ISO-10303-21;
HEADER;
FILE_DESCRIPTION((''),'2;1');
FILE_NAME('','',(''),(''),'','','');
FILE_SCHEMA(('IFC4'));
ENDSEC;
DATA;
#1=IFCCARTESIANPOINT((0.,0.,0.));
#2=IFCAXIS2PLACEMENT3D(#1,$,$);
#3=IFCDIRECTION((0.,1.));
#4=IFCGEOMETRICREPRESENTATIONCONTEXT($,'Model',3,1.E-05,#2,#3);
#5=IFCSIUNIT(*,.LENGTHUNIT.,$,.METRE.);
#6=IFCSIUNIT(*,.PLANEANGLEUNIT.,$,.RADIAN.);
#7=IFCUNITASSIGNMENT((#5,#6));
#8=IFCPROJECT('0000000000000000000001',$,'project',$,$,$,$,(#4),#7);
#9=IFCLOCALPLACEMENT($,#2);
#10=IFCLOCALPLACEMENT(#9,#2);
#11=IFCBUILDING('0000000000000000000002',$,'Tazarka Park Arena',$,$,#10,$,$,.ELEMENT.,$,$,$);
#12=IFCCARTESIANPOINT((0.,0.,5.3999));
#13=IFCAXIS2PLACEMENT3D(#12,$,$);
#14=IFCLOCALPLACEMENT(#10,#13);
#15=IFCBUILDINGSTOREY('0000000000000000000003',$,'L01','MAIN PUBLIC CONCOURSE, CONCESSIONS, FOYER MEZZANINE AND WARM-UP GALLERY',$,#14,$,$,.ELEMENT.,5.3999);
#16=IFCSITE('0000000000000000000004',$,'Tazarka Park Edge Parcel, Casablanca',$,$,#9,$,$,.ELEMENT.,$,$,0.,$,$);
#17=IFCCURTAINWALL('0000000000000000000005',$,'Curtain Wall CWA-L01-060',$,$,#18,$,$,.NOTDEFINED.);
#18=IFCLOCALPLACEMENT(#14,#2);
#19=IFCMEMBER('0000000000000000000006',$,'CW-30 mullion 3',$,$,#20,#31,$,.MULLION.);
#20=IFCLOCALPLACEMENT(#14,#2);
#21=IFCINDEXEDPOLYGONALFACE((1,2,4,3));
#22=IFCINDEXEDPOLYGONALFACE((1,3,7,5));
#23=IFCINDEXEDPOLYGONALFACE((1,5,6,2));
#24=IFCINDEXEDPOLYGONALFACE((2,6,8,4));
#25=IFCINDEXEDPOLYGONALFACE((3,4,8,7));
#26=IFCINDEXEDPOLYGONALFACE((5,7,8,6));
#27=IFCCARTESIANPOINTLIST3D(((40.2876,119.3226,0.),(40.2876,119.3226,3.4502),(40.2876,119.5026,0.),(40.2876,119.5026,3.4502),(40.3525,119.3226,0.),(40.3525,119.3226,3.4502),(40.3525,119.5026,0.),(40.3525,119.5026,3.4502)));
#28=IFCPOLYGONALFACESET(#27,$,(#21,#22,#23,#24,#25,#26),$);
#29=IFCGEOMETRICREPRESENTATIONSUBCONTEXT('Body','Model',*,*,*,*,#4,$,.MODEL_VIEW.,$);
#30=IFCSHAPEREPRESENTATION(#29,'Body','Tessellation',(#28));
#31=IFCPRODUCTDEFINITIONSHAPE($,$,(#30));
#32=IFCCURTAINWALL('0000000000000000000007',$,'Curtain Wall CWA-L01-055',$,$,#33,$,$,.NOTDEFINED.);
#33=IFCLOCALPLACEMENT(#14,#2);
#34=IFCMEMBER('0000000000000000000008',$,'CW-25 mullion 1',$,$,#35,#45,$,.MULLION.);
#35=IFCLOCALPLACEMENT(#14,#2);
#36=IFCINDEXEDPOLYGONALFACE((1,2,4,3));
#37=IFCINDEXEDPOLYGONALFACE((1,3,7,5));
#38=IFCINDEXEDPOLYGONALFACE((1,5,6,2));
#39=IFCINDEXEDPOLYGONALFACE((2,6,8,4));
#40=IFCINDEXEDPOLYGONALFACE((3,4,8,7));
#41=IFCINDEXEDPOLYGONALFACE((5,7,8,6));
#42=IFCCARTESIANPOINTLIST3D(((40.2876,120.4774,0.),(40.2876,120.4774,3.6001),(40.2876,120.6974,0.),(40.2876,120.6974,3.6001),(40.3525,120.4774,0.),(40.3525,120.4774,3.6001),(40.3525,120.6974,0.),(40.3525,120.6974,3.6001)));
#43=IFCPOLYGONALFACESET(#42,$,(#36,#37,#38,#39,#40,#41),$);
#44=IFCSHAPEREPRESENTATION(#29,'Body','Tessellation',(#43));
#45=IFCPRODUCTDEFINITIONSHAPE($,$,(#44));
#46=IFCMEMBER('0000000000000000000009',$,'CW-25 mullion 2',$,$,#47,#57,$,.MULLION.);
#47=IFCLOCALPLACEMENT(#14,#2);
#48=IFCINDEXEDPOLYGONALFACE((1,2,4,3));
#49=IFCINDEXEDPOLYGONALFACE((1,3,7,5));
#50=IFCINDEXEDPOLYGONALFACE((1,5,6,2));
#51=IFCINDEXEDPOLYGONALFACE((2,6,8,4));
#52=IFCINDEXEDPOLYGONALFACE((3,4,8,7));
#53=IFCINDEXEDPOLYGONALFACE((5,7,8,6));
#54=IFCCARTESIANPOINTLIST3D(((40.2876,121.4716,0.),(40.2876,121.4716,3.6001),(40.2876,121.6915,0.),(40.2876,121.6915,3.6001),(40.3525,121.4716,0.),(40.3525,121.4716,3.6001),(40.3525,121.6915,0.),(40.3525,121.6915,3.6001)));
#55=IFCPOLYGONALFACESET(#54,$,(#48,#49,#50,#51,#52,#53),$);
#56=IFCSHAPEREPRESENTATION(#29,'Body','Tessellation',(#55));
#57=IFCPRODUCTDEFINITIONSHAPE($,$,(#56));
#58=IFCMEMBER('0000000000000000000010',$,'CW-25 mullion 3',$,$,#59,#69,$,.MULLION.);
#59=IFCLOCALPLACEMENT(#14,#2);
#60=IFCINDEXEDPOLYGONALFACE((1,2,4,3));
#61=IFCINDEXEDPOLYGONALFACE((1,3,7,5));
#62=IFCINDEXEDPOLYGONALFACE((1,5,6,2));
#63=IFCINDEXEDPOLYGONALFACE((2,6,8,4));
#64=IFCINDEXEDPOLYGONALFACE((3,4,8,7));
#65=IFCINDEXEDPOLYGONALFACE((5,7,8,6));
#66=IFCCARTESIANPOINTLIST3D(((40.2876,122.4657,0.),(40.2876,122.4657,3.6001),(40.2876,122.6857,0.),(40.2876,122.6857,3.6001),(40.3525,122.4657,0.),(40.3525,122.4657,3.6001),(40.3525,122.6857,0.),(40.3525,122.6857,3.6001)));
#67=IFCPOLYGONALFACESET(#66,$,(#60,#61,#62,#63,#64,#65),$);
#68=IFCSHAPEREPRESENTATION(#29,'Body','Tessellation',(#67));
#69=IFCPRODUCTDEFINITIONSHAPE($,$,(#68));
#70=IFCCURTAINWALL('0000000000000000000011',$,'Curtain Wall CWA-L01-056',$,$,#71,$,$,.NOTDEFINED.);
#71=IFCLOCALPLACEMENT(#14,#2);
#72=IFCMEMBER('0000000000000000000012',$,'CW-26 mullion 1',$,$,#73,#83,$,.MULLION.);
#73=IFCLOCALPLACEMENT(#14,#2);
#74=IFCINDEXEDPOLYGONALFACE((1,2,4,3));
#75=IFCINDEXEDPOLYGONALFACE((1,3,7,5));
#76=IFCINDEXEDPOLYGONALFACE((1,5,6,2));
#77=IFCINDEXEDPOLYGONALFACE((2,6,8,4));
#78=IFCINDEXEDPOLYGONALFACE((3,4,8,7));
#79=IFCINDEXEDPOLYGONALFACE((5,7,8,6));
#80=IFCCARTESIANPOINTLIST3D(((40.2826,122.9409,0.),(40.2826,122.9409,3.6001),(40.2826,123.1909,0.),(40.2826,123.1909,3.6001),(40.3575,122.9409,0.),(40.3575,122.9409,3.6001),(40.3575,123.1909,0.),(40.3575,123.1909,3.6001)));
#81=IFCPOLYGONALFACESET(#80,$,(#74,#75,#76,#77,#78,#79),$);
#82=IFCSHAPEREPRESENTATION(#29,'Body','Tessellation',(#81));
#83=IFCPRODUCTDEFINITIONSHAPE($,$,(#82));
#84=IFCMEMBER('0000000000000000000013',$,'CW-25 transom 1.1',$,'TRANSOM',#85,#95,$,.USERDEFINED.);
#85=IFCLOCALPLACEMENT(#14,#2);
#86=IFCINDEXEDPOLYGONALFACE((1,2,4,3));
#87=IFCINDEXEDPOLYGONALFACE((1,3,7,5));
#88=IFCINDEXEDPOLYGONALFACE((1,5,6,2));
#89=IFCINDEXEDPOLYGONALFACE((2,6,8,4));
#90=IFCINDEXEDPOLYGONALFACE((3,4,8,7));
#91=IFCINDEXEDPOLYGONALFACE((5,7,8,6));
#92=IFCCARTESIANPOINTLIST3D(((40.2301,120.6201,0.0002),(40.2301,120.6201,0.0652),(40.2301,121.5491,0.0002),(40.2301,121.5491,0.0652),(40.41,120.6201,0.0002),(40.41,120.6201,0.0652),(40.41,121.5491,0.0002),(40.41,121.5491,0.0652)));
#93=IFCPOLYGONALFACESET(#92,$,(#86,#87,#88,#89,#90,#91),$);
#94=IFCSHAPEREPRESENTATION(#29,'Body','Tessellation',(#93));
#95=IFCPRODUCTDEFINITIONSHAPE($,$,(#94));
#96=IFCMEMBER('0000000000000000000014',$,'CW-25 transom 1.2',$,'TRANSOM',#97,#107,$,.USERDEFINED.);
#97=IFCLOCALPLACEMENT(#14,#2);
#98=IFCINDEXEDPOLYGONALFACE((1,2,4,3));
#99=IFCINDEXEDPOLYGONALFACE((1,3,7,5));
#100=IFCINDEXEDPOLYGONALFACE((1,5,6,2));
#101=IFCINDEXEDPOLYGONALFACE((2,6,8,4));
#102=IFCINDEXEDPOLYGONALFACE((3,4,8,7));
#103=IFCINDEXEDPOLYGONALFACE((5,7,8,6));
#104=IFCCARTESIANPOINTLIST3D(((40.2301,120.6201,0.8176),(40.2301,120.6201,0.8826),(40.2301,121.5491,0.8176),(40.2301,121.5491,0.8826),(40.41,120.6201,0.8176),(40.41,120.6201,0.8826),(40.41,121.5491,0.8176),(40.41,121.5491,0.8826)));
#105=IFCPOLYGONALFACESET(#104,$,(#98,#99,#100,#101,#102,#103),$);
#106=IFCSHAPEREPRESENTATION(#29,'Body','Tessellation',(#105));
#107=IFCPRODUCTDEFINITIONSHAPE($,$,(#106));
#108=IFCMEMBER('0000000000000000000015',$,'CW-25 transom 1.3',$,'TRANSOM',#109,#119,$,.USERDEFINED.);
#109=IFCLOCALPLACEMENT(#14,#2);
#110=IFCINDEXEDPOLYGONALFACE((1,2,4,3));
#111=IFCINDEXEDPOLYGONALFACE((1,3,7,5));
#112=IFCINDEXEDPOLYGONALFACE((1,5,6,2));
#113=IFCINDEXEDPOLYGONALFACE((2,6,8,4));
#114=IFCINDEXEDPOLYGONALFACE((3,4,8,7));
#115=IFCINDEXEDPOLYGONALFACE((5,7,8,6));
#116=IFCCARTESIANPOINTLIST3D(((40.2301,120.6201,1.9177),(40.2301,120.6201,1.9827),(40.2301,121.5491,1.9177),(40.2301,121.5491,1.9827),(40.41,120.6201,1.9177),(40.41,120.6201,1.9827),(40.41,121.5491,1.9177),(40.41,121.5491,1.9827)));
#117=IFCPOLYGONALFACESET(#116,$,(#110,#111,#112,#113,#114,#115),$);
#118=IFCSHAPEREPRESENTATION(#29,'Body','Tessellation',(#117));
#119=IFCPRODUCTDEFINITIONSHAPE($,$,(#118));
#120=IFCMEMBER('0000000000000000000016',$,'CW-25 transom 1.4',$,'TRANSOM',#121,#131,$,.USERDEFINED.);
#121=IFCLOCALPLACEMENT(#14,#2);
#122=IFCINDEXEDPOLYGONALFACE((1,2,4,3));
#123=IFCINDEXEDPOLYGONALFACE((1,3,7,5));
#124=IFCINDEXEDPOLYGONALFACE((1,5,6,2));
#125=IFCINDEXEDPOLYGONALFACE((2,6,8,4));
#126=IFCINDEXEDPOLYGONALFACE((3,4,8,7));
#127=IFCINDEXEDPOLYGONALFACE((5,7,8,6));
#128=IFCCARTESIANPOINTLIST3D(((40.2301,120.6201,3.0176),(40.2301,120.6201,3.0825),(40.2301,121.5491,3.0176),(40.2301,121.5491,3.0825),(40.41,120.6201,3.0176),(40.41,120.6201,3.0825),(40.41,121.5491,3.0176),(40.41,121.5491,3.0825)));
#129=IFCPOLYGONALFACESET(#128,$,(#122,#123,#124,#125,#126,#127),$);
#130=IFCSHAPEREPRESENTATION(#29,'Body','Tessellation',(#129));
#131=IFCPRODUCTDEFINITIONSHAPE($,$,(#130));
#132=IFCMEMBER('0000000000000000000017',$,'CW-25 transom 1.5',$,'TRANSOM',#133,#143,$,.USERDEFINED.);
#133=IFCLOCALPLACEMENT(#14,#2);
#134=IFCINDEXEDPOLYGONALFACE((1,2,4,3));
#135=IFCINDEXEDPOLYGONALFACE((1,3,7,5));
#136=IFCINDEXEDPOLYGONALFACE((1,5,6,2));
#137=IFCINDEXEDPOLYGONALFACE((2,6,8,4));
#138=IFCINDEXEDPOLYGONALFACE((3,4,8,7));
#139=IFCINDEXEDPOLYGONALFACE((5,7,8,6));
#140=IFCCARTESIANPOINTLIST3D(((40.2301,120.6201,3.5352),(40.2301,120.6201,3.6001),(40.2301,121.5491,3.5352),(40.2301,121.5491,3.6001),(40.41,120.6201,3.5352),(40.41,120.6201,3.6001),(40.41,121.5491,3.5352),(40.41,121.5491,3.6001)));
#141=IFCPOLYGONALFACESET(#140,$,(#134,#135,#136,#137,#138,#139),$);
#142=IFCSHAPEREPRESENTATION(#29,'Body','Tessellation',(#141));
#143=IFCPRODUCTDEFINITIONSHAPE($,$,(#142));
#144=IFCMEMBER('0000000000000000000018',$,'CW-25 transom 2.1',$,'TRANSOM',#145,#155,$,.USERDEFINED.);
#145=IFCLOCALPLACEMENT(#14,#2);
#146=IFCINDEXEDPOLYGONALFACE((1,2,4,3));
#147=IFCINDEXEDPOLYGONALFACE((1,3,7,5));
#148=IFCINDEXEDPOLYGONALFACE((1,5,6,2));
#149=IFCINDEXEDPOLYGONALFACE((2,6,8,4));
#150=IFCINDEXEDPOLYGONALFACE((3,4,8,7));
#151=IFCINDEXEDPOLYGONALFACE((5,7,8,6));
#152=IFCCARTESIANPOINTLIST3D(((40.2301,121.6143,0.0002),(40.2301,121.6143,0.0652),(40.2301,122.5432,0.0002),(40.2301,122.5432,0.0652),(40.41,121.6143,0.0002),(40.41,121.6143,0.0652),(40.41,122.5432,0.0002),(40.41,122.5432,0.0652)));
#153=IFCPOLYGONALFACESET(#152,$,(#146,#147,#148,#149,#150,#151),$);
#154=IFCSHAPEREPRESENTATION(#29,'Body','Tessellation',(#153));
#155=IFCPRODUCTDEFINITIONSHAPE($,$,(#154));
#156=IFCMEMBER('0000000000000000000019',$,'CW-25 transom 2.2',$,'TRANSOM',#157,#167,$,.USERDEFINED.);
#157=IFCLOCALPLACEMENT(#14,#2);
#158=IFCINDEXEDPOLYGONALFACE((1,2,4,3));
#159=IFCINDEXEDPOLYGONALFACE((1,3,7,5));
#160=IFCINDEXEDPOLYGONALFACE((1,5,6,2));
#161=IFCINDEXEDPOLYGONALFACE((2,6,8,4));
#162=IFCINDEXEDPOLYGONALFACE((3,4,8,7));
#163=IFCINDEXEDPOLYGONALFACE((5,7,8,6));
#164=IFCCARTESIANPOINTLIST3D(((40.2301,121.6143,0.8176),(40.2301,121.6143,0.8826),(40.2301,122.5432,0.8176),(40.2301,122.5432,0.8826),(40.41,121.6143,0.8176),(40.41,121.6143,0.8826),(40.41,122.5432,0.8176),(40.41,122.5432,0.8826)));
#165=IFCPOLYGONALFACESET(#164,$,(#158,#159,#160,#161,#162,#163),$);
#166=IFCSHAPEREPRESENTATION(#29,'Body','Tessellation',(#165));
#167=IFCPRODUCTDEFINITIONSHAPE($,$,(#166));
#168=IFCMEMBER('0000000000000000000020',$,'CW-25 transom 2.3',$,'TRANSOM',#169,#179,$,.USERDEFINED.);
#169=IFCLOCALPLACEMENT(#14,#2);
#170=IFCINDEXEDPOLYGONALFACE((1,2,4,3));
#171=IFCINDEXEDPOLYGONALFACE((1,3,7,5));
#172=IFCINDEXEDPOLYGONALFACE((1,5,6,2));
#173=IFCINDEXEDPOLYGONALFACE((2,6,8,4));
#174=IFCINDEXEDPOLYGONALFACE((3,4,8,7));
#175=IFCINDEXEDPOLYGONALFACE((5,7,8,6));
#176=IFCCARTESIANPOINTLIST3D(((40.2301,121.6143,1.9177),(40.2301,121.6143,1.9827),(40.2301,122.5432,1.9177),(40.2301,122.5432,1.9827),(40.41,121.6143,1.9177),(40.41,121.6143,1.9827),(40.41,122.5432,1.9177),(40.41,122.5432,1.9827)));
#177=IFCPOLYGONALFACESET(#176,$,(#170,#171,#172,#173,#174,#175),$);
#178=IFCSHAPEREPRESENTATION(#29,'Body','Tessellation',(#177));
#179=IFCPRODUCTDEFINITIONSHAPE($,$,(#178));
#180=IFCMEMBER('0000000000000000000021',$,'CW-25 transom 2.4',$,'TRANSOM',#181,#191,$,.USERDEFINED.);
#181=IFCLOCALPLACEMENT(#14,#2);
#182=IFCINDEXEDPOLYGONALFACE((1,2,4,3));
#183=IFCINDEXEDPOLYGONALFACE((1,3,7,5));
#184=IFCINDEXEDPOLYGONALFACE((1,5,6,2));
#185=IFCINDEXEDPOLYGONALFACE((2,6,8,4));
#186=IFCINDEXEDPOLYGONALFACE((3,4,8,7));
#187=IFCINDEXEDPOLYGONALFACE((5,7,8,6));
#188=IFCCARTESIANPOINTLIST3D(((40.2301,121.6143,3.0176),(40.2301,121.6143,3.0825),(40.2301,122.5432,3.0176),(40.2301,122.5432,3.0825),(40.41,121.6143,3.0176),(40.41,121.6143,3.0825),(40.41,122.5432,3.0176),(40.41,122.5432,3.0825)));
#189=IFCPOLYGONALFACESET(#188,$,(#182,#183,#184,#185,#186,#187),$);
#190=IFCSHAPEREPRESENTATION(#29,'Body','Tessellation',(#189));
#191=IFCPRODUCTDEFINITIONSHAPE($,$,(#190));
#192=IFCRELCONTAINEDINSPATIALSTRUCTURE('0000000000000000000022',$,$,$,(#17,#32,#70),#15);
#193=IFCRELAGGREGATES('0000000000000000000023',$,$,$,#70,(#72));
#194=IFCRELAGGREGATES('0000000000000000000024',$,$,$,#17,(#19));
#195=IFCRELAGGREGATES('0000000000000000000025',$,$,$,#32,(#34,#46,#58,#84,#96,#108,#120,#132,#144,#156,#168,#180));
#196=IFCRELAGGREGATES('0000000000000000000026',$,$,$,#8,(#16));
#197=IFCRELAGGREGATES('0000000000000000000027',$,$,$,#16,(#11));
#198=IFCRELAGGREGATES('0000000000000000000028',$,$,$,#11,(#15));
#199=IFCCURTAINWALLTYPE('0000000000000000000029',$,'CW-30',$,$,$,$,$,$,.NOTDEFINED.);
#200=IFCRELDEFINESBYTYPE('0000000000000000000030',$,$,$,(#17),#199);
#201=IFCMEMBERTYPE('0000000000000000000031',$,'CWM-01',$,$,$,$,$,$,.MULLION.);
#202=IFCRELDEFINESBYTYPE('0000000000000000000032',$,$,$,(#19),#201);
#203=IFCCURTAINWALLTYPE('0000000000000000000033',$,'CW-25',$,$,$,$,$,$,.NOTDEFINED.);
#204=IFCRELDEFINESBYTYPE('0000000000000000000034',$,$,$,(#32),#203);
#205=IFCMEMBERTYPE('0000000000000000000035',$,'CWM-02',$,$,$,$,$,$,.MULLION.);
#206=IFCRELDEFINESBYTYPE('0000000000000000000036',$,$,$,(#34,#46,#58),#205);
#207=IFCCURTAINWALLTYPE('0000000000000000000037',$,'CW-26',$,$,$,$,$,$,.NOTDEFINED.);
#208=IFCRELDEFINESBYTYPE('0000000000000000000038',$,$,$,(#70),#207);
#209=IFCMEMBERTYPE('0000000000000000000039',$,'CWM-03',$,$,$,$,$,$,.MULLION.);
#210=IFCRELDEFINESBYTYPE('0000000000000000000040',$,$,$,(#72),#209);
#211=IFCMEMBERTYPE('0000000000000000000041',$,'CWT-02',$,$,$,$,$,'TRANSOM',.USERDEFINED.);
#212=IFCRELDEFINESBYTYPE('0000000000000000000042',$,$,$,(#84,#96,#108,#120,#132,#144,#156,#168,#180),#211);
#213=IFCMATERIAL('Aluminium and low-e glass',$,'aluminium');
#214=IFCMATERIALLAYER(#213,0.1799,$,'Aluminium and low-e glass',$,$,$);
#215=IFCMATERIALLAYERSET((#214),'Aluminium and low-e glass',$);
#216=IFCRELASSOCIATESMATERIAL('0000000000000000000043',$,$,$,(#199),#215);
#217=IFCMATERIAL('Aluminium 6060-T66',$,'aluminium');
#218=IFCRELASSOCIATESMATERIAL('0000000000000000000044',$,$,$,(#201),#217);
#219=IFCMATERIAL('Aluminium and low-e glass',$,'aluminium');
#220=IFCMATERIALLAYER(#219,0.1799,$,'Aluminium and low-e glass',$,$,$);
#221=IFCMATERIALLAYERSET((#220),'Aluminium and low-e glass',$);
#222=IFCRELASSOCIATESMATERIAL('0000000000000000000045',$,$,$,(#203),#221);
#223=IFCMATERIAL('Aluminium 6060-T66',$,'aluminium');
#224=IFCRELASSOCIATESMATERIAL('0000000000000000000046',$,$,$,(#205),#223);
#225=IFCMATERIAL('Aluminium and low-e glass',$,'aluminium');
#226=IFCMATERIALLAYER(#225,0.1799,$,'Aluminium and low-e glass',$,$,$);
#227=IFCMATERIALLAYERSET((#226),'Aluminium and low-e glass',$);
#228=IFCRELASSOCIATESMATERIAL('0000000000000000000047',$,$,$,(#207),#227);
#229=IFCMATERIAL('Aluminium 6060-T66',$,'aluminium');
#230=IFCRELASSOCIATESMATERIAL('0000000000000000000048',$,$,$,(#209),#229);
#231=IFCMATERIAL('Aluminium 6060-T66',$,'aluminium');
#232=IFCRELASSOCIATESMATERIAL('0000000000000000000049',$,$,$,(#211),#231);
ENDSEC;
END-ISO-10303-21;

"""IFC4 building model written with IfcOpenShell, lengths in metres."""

from ifc_helpers import new_model, si_unit, direction, frame, origin, origin_2d, place, context, subcontext, project, spatial, rectangle, extrude, material, layer, layer_set, material_profile, profile_set, type_object, element, aggregate, save


model = new_model("IFC4")

# Units and contexts
model_context = context("Model", 3, precision=1e-05, world=origin(), true_north=direction((0.0, 1.0)))
body_context = subcontext(model_context, "Body", "Model", "MODEL_VIEW")
ifc_project = project(units=[si_unit("LENGTHUNIT", "METRE"), si_unit("PLANEANGLEUNIT", "RADIAN")], contexts=[model_context])

# Site, building, storey
site_placement = place(None, origin())
site = spatial("IfcSite", under=ifc_project, at=site_placement, Name="Tazarka Park Edge Parcel, Casablanca", CompositionType="ELEMENT", RefElevation=0.0)
building_placement = place(site_placement, origin())
building = spatial("IfcBuilding", under=site, at=building_placement, Name="Tazarka Park Arena", CompositionType="ELEMENT")
storey_placement = place(building_placement, frame((0.0, 0.0, 5.3999)))
storey = spatial("IfcBuildingStorey", under=building, at=storey_placement, Name="L01", Description="MAIN PUBLIC CONCOURSE, CONCESSIONS, FOYER MEZZANINE AND WARM-UP GALLERY", CompositionType="ELEMENT", Elevation=5.3999)

# Curtain wall, member
ifc_material_1 = material(Name="Aluminium and low-e glass", Category="aluminium")
ifc_layer_1 = layer(ifc_material_1, 0.1799, Name="Aluminium and low-e glass")
ifc_layer_set_1 = layer_set([ifc_layer_1], Name="Aluminium and low-e glass")
curtain_wall_type_1 = type_object("IfcCurtainWallType", Name="CW-30", PredefinedType="NOTDEFINED", material=ifc_layer_set_1)
curtain_wall_1_placement = place(storey_placement, origin())
curtain_wall_1 = element("IfcCurtainWall", 1, at=curtain_wall_1_placement, inside=storey, type_object=curtain_wall_type_1, Name="Curtain Wall CWA-L01-060", PredefinedType="NOTDEFINED")
ifc_material_2 = material(Name="Aluminium 6060-T66", Category="aluminium")
ifc_material_profile_1 = material_profile(ifc_material_2, rectangle(XDim=0.0649, YDim=0.1799, at=origin_2d()), Name="Aluminium 6060-T66")
ifc_profile_set_1 = profile_set([ifc_material_profile_1], Name="Aluminium 6060-T66")
member_type_1 = type_object("IfcMemberType", Name="CWM-01", PredefinedType="MULLION", material=ifc_profile_set_1)
member_1_placement = place(storey_placement, frame((40.3201, 119.4126, 0.0), z_axis=(0.0, 0.0, 1.0), x_axis=(-1.0, 0.0, 0.0)))
member_1 = element("IfcMember", 2, at=member_1_placement, type_object=member_type_1, Name="CW-30 mullion 3", PredefinedType="MULLION", context=body_context, shape_type="SweptSolid", body=[
    extrude(rectangle(XDim=0.0649, YDim=0.1799, at=origin_2d()), origin(), (0.0, 0.0, 1.0), 3.4502),
])

# Curtain wall, members
ifc_material_3 = material(Name="Aluminium and low-e glass", Category="aluminium")
ifc_layer_2 = layer(ifc_material_3, 0.1799, Name="Aluminium and low-e glass")
ifc_layer_set_2 = layer_set([ifc_layer_2], Name="Aluminium and low-e glass")
curtain_wall_type_2 = type_object("IfcCurtainWallType", Name="CW-25", PredefinedType="NOTDEFINED", material=ifc_layer_set_2)
curtain_wall_2_placement = place(storey_placement, origin())
curtain_wall_2 = element("IfcCurtainWall", 3, at=curtain_wall_2_placement, inside=storey, type_object=curtain_wall_type_2, Name="Curtain Wall CWA-L01-055", PredefinedType="NOTDEFINED")
ifc_material_4 = material(Name="Aluminium 6060-T66", Category="aluminium")
ifc_material_profile_2 = material_profile(ifc_material_4, rectangle(XDim=0.0649, YDim=0.22, at=origin_2d()), Name="Aluminium 6060-T66")
ifc_profile_set_2 = profile_set([ifc_material_profile_2], Name="Aluminium 6060-T66")
member_type_2 = type_object("IfcMemberType", Name="CWM-02", PredefinedType="MULLION", material=ifc_profile_set_2)
member_2_placement = place(storey_placement, frame((40.3201, 120.5874, 0.0), z_axis=(0.0, 0.0, 1.0), x_axis=(-1.0, 0.0, 0.0)))
member_2 = element("IfcMember", 4, at=member_2_placement, type_object=member_type_2, Name="CW-25 mullion 1", PredefinedType="MULLION", context=body_context, shape_type="SweptSolid", body=[
    extrude(rectangle(XDim=0.0649, YDim=0.22, at=origin_2d()), origin(), (0.0, 0.0, 1.0), 3.6001),
])
member_3_placement = place(storey_placement, frame((40.3201, 121.5815, 0.0), z_axis=(0.0, 0.0, 1.0), x_axis=(-1.0, 0.0, 0.0)))
member_3 = element("IfcMember", 5, at=member_3_placement, type_object=member_type_2, Name="CW-25 mullion 2", PredefinedType="MULLION", context=body_context, shape_type="SweptSolid", body=[
    extrude(rectangle(XDim=0.0649, YDim=0.22, at=origin_2d()), origin(), (0.0, 0.0, 1.0), 3.6001),
])
member_4_placement = place(storey_placement, frame((40.3201, 122.5757, 0.0), z_axis=(0.0, 0.0, 1.0), x_axis=(-1.0, 0.0, 0.0)))
member_4 = element("IfcMember", 6, at=member_4_placement, type_object=member_type_2, Name="CW-25 mullion 3", PredefinedType="MULLION", context=body_context, shape_type="SweptSolid", body=[
    extrude(rectangle(XDim=0.0649, YDim=0.22, at=origin_2d()), origin(), (0.0, 0.0, 1.0), 3.6001),
])

# Curtain wall, member
ifc_material_5 = material(Name="Aluminium and low-e glass", Category="aluminium")
ifc_layer_3 = layer(ifc_material_5, 0.1799, Name="Aluminium and low-e glass")
ifc_layer_set_3 = layer_set([ifc_layer_3], Name="Aluminium and low-e glass")
curtain_wall_type_3 = type_object("IfcCurtainWallType", Name="CW-26", PredefinedType="NOTDEFINED", material=ifc_layer_set_3)
curtain_wall_3_placement = place(storey_placement, origin())
curtain_wall_3 = element("IfcCurtainWall", 7, at=curtain_wall_3_placement, inside=storey, type_object=curtain_wall_type_3, Name="Curtain Wall CWA-L01-056", PredefinedType="NOTDEFINED")
ifc_material_6 = material(Name="Aluminium 6060-T66", Category="aluminium")
ifc_material_profile_3 = material_profile(ifc_material_6, rectangle(XDim=0.075, YDim=0.25, at=origin_2d()), Name="Aluminium 6060-T66")
ifc_profile_set_3 = profile_set([ifc_material_profile_3], Name="Aluminium 6060-T66")
member_type_3 = type_object("IfcMemberType", Name="CWM-03", PredefinedType="MULLION", material=ifc_profile_set_3)
member_5_placement = place(storey_placement, frame((40.3201, 123.0659, 0.0), z_axis=(0.0, 0.0, 1.0), x_axis=(-1.0, 0.0, 0.0)))
member_5 = element("IfcMember", 8, at=member_5_placement, type_object=member_type_3, Name="CW-26 mullion 1", PredefinedType="MULLION", context=body_context, shape_type="SweptSolid", body=[
    extrude(rectangle(XDim=0.075, YDim=0.25, at=origin_2d()), origin(), (0.0, 0.0, 1.0), 3.6001),
])
aggregate(curtain_wall_3, [member_5])

# Members
ifc_material_7 = material(Name="Aluminium 6060-T66", Category="aluminium")
ifc_material_profile_4 = material_profile(ifc_material_7, rectangle(XDim=0.1799, YDim=0.0649, at=origin_2d()), Name="Aluminium 6060-T66")
ifc_profile_set_4 = profile_set([ifc_material_profile_4], Name="Aluminium 6060-T66")
member_type_4 = type_object("IfcMemberType", Name="CWT-02", ElementType="TRANSOM", PredefinedType="USERDEFINED", material=ifc_profile_set_4)
member_6_placement = place(storey_placement, frame((40.3201, 120.6201, 0.0327), z_axis=(0.0, 1.0, 0.0), x_axis=(-1.0, 0.0, 0.0)))
member_6 = element("IfcMember", 9, at=member_6_placement, type_object=member_type_4, Name="CW-25 transom 1.1", ObjectType="TRANSOM", PredefinedType="USERDEFINED", context=body_context, shape_type="SweptSolid", body=[
    extrude(rectangle(XDim=0.1799, YDim=0.0649, at=origin_2d()), origin(), (0.0, 0.0, 1.0), 0.929),
])
member_7_placement = place(storey_placement, frame((40.3201, 120.6201, 0.8501), z_axis=(0.0, 1.0, 0.0), x_axis=(-1.0, 0.0, 0.0)))
member_7 = element("IfcMember", 10, at=member_7_placement, type_object=member_type_4, Name="CW-25 transom 1.2", ObjectType="TRANSOM", PredefinedType="USERDEFINED", context=body_context, shape_type="SweptSolid", body=[
    extrude(rectangle(XDim=0.1799, YDim=0.0649, at=origin_2d()), origin(), (0.0, 0.0, 1.0), 0.929),
])
member_8_placement = place(storey_placement, frame((40.3201, 120.6201, 1.9502), z_axis=(0.0, 1.0, 0.0), x_axis=(-1.0, 0.0, 0.0)))
member_8 = element("IfcMember", 11, at=member_8_placement, type_object=member_type_4, Name="CW-25 transom 1.3", ObjectType="TRANSOM", PredefinedType="USERDEFINED", context=body_context, shape_type="SweptSolid", body=[
    extrude(rectangle(XDim=0.1799, YDim=0.0649, at=origin_2d()), origin(), (0.0, 0.0, 1.0), 0.929),
])
member_9_placement = place(storey_placement, frame((40.3201, 120.6201, 3.05), z_axis=(0.0, 1.0, 0.0), x_axis=(-1.0, 0.0, 0.0)))
member_9 = element("IfcMember", 12, at=member_9_placement, type_object=member_type_4, Name="CW-25 transom 1.4", ObjectType="TRANSOM", PredefinedType="USERDEFINED", context=body_context, shape_type="SweptSolid", body=[
    extrude(rectangle(XDim=0.1799, YDim=0.0649, at=origin_2d()), origin(), (0.0, 0.0, 1.0), 0.929),
])
member_10_placement = place(storey_placement, frame((40.3201, 120.6201, 3.5676), z_axis=(0.0, 1.0, 0.0), x_axis=(-1.0, 0.0, 0.0)))
member_10 = element("IfcMember", 13, at=member_10_placement, type_object=member_type_4, Name="CW-25 transom 1.5", ObjectType="TRANSOM", PredefinedType="USERDEFINED", context=body_context, shape_type="SweptSolid", body=[
    extrude(rectangle(XDim=0.1799, YDim=0.0649, at=origin_2d()), origin(), (0.0, 0.0, 1.0), 0.929),
])
member_11_placement = place(storey_placement, frame((40.3201, 121.6143, 0.0327), z_axis=(0.0, 1.0, 0.0), x_axis=(-1.0, 0.0, 0.0)))
member_11 = element("IfcMember", 14, at=member_11_placement, type_object=member_type_4, Name="CW-25 transom 2.1", ObjectType="TRANSOM", PredefinedType="USERDEFINED", context=body_context, shape_type="SweptSolid", body=[
    extrude(rectangle(XDim=0.1799, YDim=0.0649, at=origin_2d()), origin(), (0.0, 0.0, 1.0), 0.929),
])
member_12_placement = place(storey_placement, frame((40.3201, 121.6143, 0.8501), z_axis=(0.0, 1.0, 0.0), x_axis=(-1.0, 0.0, 0.0)))
member_12 = element("IfcMember", 15, at=member_12_placement, type_object=member_type_4, Name="CW-25 transom 2.2", ObjectType="TRANSOM", PredefinedType="USERDEFINED", context=body_context, shape_type="SweptSolid", body=[
    extrude(rectangle(XDim=0.1799, YDim=0.0649, at=origin_2d()), origin(), (0.0, 0.0, 1.0), 0.929),
])
member_13_placement = place(storey_placement, frame((40.3201, 121.6143, 1.9502), z_axis=(0.0, 1.0, 0.0), x_axis=(-1.0, 0.0, 0.0)))
member_13 = element("IfcMember", 16, at=member_13_placement, type_object=member_type_4, Name="CW-25 transom 2.3", ObjectType="TRANSOM", PredefinedType="USERDEFINED", context=body_context, shape_type="SweptSolid", body=[
    extrude(rectangle(XDim=0.1799, YDim=0.0649, at=origin_2d()), origin(), (0.0, 0.0, 1.0), 0.929),
])
member_14_placement = place(storey_placement, frame((40.3201, 121.6143, 3.05), z_axis=(0.0, 1.0, 0.0), x_axis=(-1.0, 0.0, 0.0)))
member_14 = element("IfcMember", 17, at=member_14_placement, type_object=member_type_4, Name="CW-25 transom 2.4", ObjectType="TRANSOM", PredefinedType="USERDEFINED", context=body_context, shape_type="SweptSolid", body=[
    extrude(rectangle(XDim=0.1799, YDim=0.0649, at=origin_2d()), origin(), (0.0, 0.0, 1.0), 0.929),
])

aggregate(curtain_wall_1, [member_1])
aggregate(curtain_wall_2, [member_2, member_3, member_4, member_6, member_7, member_8, member_9, member_10, member_11, member_12, member_13, member_14])

save(model, "model.ifc")
